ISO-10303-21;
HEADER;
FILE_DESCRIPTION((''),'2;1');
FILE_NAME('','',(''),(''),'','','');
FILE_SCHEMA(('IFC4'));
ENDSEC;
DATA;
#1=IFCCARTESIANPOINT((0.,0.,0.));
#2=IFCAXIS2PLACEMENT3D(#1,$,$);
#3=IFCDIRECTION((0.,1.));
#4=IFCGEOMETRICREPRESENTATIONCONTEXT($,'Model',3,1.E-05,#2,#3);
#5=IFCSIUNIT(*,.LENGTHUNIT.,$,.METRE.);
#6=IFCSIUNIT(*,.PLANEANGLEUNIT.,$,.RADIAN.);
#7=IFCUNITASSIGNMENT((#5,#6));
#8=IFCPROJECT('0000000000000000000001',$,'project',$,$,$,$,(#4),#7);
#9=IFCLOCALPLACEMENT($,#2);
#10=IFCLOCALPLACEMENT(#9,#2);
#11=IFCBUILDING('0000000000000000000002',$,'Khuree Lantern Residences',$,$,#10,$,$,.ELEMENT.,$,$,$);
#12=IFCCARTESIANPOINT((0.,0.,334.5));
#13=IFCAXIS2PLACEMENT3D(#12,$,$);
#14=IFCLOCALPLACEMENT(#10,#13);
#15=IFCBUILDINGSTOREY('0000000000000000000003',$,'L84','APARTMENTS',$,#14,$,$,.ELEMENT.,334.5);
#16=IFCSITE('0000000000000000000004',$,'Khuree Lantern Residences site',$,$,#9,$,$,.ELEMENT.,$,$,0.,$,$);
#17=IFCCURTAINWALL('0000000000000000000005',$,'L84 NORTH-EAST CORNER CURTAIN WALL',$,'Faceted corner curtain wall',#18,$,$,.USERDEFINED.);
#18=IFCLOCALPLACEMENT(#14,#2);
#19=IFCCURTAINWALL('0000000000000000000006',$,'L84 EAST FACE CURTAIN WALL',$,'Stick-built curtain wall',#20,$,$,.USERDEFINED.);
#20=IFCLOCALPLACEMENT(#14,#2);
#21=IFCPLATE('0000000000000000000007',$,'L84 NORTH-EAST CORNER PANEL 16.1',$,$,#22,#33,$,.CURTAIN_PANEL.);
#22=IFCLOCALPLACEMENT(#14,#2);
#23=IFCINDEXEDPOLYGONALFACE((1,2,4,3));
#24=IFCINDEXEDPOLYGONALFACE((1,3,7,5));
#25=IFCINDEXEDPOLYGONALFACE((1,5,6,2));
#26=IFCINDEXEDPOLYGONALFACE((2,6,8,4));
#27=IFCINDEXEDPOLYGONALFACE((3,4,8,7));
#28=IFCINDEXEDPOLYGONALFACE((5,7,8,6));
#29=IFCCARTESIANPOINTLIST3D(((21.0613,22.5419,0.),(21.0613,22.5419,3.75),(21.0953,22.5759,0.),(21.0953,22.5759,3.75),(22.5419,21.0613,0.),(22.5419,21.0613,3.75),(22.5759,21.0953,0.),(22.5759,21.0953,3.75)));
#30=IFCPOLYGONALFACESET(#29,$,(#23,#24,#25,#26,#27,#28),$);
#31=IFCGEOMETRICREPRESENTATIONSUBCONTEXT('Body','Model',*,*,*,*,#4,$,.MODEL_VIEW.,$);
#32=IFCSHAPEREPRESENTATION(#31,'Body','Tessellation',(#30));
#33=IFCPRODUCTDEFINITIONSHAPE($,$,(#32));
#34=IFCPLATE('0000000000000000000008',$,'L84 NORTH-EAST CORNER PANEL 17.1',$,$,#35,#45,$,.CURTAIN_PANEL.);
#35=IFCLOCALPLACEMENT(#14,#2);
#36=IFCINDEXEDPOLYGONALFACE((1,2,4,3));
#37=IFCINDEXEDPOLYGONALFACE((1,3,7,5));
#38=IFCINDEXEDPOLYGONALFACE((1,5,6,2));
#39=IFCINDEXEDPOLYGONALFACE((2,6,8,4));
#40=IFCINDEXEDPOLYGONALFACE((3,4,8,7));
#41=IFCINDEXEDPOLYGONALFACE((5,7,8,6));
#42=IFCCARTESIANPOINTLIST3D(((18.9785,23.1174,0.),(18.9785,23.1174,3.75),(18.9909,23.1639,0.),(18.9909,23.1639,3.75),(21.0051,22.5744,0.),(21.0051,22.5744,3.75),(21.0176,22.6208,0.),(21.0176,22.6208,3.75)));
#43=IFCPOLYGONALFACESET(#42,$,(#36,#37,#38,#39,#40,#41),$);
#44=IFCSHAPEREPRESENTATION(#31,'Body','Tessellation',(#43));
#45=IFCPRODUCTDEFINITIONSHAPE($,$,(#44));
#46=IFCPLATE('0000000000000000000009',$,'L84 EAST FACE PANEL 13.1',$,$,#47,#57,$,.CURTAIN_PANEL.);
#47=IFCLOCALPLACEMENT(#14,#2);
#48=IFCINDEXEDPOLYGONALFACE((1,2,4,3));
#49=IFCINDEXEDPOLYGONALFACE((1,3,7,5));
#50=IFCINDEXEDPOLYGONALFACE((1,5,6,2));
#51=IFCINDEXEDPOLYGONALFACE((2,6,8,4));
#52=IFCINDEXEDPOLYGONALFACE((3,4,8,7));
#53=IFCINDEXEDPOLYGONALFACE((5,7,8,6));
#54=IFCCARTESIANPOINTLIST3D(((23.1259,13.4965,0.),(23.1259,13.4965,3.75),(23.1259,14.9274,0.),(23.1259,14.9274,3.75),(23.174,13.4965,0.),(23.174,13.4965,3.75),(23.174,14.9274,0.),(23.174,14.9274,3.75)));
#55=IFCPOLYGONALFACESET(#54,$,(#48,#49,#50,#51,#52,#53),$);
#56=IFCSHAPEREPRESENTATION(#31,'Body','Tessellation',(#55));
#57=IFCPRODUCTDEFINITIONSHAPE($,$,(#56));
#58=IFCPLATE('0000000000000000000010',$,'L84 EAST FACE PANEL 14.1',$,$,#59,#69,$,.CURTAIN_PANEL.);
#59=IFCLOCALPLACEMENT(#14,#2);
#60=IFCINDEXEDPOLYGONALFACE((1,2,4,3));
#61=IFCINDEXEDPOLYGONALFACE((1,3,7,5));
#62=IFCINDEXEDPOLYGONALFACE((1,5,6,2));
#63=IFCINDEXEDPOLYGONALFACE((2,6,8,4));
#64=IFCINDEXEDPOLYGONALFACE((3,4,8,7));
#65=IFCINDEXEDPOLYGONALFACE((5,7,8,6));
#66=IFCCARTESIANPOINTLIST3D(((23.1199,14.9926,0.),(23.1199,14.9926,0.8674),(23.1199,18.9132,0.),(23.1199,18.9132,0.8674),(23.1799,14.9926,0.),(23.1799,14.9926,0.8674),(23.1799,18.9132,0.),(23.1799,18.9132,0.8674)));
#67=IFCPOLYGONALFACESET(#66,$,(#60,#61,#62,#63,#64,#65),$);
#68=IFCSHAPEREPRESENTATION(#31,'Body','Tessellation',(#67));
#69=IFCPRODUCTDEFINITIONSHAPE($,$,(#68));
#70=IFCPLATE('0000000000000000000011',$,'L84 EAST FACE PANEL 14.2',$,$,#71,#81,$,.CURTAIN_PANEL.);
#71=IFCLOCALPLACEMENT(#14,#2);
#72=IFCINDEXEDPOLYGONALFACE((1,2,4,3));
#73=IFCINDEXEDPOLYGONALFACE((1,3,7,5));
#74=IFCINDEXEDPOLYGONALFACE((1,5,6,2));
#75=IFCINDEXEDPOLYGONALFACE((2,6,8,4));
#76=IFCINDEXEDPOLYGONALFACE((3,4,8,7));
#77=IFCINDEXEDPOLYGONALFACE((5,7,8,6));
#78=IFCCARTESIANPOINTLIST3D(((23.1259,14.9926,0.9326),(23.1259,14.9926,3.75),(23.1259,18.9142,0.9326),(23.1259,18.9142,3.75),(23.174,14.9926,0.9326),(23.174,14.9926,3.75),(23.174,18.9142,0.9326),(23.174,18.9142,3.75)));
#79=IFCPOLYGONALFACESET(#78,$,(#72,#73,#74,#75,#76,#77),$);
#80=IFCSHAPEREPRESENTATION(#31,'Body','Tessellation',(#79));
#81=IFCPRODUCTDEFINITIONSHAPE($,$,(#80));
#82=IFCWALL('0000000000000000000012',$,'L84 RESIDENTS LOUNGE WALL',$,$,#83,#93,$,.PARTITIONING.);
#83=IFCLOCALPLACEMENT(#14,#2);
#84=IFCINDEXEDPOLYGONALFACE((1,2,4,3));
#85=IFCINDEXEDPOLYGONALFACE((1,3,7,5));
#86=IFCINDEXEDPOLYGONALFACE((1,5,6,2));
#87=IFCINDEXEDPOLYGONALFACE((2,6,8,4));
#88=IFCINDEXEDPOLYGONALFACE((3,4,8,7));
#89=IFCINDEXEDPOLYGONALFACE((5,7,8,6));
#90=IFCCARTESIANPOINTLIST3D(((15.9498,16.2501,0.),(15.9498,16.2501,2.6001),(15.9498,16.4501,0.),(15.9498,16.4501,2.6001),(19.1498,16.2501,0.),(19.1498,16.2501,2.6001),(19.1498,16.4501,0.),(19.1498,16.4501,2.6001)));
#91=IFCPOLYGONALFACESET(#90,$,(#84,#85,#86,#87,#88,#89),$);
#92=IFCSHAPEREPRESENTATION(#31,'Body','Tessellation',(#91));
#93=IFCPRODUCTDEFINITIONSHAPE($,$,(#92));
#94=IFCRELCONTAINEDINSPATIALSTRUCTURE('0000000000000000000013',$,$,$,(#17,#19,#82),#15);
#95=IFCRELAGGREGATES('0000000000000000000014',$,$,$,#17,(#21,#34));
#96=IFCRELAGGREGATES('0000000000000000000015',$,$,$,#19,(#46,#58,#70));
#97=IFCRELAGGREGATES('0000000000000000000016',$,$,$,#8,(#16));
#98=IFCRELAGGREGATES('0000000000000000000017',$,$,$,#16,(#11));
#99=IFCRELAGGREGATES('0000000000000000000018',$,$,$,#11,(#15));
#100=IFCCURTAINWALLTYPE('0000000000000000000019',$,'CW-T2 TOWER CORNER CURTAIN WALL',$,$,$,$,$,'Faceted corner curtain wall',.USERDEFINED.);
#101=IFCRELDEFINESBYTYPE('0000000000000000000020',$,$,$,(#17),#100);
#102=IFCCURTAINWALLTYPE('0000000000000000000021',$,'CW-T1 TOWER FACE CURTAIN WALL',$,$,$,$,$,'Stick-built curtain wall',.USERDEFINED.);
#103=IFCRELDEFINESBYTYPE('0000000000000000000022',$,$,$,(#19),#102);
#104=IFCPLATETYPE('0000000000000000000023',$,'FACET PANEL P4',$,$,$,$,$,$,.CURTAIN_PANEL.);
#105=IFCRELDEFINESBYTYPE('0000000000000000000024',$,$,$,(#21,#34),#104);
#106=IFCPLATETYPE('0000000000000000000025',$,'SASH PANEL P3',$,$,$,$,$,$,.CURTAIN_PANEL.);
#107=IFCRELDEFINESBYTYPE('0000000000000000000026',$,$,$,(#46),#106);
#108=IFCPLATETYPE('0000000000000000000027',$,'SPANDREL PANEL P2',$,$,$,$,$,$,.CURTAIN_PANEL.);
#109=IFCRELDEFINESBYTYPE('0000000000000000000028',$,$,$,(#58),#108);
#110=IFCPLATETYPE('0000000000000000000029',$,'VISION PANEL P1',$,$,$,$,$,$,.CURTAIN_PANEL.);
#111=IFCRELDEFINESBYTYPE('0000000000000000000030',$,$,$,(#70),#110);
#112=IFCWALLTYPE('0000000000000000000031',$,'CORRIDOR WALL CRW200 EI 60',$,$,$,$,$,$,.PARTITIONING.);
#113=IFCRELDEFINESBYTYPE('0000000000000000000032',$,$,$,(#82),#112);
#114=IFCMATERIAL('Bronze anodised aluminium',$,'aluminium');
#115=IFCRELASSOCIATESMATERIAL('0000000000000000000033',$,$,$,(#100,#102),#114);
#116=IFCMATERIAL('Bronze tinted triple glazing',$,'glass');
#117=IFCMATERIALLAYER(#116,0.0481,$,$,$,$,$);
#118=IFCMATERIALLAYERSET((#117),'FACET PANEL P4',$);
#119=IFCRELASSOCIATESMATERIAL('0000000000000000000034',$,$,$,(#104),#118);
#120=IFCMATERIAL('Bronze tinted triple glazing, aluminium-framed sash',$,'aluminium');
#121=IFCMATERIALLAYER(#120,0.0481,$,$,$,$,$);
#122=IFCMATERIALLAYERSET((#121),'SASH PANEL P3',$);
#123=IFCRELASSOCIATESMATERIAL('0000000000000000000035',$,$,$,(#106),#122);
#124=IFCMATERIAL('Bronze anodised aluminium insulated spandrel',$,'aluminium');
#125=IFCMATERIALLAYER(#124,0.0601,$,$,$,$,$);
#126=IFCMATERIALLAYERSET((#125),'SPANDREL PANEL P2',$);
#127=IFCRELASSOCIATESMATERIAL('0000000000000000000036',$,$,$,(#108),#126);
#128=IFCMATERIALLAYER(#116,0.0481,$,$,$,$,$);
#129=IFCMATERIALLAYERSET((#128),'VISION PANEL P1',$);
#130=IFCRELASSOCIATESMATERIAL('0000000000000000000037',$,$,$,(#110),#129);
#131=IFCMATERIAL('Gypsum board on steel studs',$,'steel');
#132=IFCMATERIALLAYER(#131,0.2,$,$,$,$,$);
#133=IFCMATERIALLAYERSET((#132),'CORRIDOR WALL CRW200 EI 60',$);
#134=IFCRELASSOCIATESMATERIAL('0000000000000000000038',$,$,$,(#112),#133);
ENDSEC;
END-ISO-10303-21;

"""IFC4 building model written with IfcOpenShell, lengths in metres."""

from ifc_helpers import new_model, si_unit, direction, frame, frame_2d, origin, origin_2d, place, context, subcontext, project, spatial, rectangle, extrude, material, layer, layer_set, type_object, element, aggregate, save


model = new_model("IFC4")

# Units and contexts
model_context = context("Model", 3, precision=1e-05, world=origin(), true_north=direction((0.0, 1.0)))
body_context = subcontext(model_context, "Body", "Model", "MODEL_VIEW")
ifc_project = project(units=[si_unit("LENGTHUNIT", "METRE"), si_unit("PLANEANGLEUNIT", "RADIAN")], contexts=[model_context])

# Site, building, storey
site_placement = place(None, origin())
site = spatial("IfcSite", under=ifc_project, at=site_placement, Name="Khuree Lantern Residences site", CompositionType="ELEMENT", RefElevation=0.0)
building_placement = place(site_placement, origin())
building = spatial("IfcBuilding", under=site, at=building_placement, Name="Khuree Lantern Residences", CompositionType="ELEMENT")
storey_placement = place(building_placement, frame((0.0, 0.0, 334.5)))
storey = spatial("IfcBuildingStorey", under=building, at=storey_placement, Name="L84", Description="APARTMENTS", CompositionType="ELEMENT", Elevation=334.5)

# Curtain wall
ifc_material_1 = material(Name="Bronze anodised aluminium", Category="aluminium")
curtain_wall_type_1 = type_object("IfcCurtainWallType", Name="CW-T2 TOWER CORNER CURTAIN WALL", ElementType="Faceted corner curtain wall", PredefinedType="USERDEFINED", material=ifc_material_1)
curtain_wall_1_placement = place(storey_placement, origin())
curtain_wall_1 = element("IfcCurtainWall", 1, at=curtain_wall_1_placement, inside=storey, type_object=curtain_wall_type_1, Name="L84 NORTH-EAST CORNER CURTAIN WALL", ObjectType="Faceted corner curtain wall", PredefinedType="USERDEFINED")

# Curtain wall
curtain_wall_type_2 = type_object("IfcCurtainWallType", Name="CW-T1 TOWER FACE CURTAIN WALL", ElementType="Stick-built curtain wall", PredefinedType="USERDEFINED", material=ifc_material_1)
curtain_wall_2_placement = place(storey_placement, origin())
curtain_wall_2 = element("IfcCurtainWall", 2, at=curtain_wall_2_placement, inside=storey, type_object=curtain_wall_type_2, Name="L84 EAST FACE CURTAIN WALL", ObjectType="Stick-built curtain wall", PredefinedType="USERDEFINED")

# Plates
ifc_material_2 = material(Name="Bronze tinted triple glazing", Category="glass")
ifc_layer_1 = layer(ifc_material_2, 0.0481)
ifc_layer_set_1 = layer_set([ifc_layer_1], Name="FACET PANEL P4")
plate_type_1 = type_object("IfcPlateType", Name="FACET PANEL P4", PredefinedType="CURTAIN_PANEL", material=ifc_layer_set_1)
plate_1_placement = place(storey_placement, frame((21.8186, 21.8186, 0.0), z_axis=(0.0, 0.0, 1.0), x_axis=(-0.707107, 0.707107, 0.0)))
plate_1 = element("IfcPlate", 3, at=plate_1_placement, type_object=plate_type_1, Name="L84 NORTH-EAST CORNER PANEL 16.1", PredefinedType="CURTAIN_PANEL", context=body_context, shape_type="SweptSolid", body=[
    extrude(rectangle(XDim=2.094, YDim=0.0481, at=origin_2d()), origin(), (0.0, 0.0, 1.0), 3.75),
])
plate_2_placement = place(storey_placement, frame((19.998, 22.8691, 0.0), z_axis=(0.0, 0.0, 1.0), x_axis=(-0.965926, 0.258819, 0.0)))
plate_2 = element("IfcPlate", 4, at=plate_2_placement, type_object=plate_type_1, Name="L84 NORTH-EAST CORNER PANEL 17.1", PredefinedType="CURTAIN_PANEL", context=body_context, shape_type="SweptSolid", body=[
    extrude(rectangle(XDim=2.0981, YDim=0.0481, at=origin_2d()), origin(), (0.0, 0.0, 1.0), 3.75),
])
aggregate(curtain_wall_1, [plate_1, plate_2])
ifc_material_3 = material(Name="Bronze tinted triple glazing, aluminium-framed sash", Category="aluminium")
ifc_layer_2 = layer(ifc_material_3, 0.0481)
ifc_layer_set_2 = layer_set([ifc_layer_2], Name="SASH PANEL P3")
plate_type_2 = type_object("IfcPlateType", Name="SASH PANEL P3", PredefinedType="CURTAIN_PANEL", material=ifc_layer_set_2)
plate_3_placement = place(storey_placement, frame((23.1499, 14.2119, 0.0), z_axis=(0.0, 0.0, 1.0), x_axis=(0.0, 1.0, 0.0)))
plate_3 = element("IfcPlate", 5, at=plate_3_placement, type_object=plate_type_2, Name="L84 EAST FACE PANEL 13.1", PredefinedType="CURTAIN_PANEL", context=body_context, shape_type="SweptSolid", body=[
    extrude(rectangle(XDim=1.4309, YDim=0.0481, at=origin_2d()), origin(), (0.0, 0.0, 1.0), 3.75),
])
ifc_material_4 = material(Name="Bronze anodised aluminium insulated spandrel", Category="aluminium")
ifc_layer_3 = layer(ifc_material_4, 0.0601)
ifc_layer_set_3 = layer_set([ifc_layer_3], Name="SPANDREL PANEL P2")
plate_type_3 = type_object("IfcPlateType", Name="SPANDREL PANEL P2", PredefinedType="CURTAIN_PANEL", material=ifc_layer_set_3)
plate_4_placement = place(storey_placement, frame((23.1499, 16.9529, 0.0), z_axis=(0.0, 0.0, 1.0), x_axis=(0.0, 1.0, 0.0)))
plate_4 = element("IfcPlate", 6, at=plate_4_placement, type_object=plate_type_3, Name="L84 EAST FACE PANEL 14.1", PredefinedType="CURTAIN_PANEL", context=body_context, shape_type="SweptSolid", body=[
    extrude(rectangle(XDim=3.9207, YDim=0.0601, at=origin_2d()), origin(), (0.0, 0.0, 1.0), 0.8674),
])
ifc_layer_4 = layer(ifc_material_2, 0.0481)
ifc_layer_set_4 = layer_set([ifc_layer_4], Name="VISION PANEL P1")
plate_type_4 = type_object("IfcPlateType", Name="VISION PANEL P1", PredefinedType="CURTAIN_PANEL", material=ifc_layer_set_4)
plate_5_placement = place(storey_placement, frame((23.1499, 16.9534, 0.9326), z_axis=(0.0, 0.0, 1.0), x_axis=(0.0, 1.0, 0.0)))
plate_5 = element("IfcPlate", 7, at=plate_5_placement, type_object=plate_type_4, Name="L84 EAST FACE PANEL 14.2", PredefinedType="CURTAIN_PANEL", context=body_context, shape_type="SweptSolid", body=[
    extrude(rectangle(XDim=3.9216, YDim=0.0481, at=origin_2d()), origin(), (0.0, 0.0, 1.0), 2.8174),
])
aggregate(curtain_wall_2, [plate_3, plate_4, plate_5])

# Wall
ifc_material_5 = material(Name="Gypsum board on steel studs", Category="steel")
ifc_layer_5 = layer(ifc_material_5, 0.2)
ifc_layer_set_5 = layer_set([ifc_layer_5], Name="CORRIDOR WALL CRW200 EI 60")
wall_type = type_object("IfcWallType", Name="CORRIDOR WALL CRW200 EI 60", PredefinedType="PARTITIONING", material=ifc_layer_set_5)
wall_placement = place(storey_placement, frame((19.1499, 16.3501, 0.0), z_axis=(0.0, 0.0, 1.0), x_axis=(-1.0, 0.0, 0.0)))
element("IfcWall", 8, at=wall_placement, inside=storey, type_object=wall_type, Name="L84 RESIDENTS LOUNGE WALL", PredefinedType="PARTITIONING", context=body_context, shape_type="SweptSolid", body=[
    extrude(rectangle(XDim=3.2, YDim=0.2, at=frame_2d((1.6001, 0.0))), origin(), (0.0, 0.0, 1.0), 2.6001),
])

save(model, "model.ifc")
